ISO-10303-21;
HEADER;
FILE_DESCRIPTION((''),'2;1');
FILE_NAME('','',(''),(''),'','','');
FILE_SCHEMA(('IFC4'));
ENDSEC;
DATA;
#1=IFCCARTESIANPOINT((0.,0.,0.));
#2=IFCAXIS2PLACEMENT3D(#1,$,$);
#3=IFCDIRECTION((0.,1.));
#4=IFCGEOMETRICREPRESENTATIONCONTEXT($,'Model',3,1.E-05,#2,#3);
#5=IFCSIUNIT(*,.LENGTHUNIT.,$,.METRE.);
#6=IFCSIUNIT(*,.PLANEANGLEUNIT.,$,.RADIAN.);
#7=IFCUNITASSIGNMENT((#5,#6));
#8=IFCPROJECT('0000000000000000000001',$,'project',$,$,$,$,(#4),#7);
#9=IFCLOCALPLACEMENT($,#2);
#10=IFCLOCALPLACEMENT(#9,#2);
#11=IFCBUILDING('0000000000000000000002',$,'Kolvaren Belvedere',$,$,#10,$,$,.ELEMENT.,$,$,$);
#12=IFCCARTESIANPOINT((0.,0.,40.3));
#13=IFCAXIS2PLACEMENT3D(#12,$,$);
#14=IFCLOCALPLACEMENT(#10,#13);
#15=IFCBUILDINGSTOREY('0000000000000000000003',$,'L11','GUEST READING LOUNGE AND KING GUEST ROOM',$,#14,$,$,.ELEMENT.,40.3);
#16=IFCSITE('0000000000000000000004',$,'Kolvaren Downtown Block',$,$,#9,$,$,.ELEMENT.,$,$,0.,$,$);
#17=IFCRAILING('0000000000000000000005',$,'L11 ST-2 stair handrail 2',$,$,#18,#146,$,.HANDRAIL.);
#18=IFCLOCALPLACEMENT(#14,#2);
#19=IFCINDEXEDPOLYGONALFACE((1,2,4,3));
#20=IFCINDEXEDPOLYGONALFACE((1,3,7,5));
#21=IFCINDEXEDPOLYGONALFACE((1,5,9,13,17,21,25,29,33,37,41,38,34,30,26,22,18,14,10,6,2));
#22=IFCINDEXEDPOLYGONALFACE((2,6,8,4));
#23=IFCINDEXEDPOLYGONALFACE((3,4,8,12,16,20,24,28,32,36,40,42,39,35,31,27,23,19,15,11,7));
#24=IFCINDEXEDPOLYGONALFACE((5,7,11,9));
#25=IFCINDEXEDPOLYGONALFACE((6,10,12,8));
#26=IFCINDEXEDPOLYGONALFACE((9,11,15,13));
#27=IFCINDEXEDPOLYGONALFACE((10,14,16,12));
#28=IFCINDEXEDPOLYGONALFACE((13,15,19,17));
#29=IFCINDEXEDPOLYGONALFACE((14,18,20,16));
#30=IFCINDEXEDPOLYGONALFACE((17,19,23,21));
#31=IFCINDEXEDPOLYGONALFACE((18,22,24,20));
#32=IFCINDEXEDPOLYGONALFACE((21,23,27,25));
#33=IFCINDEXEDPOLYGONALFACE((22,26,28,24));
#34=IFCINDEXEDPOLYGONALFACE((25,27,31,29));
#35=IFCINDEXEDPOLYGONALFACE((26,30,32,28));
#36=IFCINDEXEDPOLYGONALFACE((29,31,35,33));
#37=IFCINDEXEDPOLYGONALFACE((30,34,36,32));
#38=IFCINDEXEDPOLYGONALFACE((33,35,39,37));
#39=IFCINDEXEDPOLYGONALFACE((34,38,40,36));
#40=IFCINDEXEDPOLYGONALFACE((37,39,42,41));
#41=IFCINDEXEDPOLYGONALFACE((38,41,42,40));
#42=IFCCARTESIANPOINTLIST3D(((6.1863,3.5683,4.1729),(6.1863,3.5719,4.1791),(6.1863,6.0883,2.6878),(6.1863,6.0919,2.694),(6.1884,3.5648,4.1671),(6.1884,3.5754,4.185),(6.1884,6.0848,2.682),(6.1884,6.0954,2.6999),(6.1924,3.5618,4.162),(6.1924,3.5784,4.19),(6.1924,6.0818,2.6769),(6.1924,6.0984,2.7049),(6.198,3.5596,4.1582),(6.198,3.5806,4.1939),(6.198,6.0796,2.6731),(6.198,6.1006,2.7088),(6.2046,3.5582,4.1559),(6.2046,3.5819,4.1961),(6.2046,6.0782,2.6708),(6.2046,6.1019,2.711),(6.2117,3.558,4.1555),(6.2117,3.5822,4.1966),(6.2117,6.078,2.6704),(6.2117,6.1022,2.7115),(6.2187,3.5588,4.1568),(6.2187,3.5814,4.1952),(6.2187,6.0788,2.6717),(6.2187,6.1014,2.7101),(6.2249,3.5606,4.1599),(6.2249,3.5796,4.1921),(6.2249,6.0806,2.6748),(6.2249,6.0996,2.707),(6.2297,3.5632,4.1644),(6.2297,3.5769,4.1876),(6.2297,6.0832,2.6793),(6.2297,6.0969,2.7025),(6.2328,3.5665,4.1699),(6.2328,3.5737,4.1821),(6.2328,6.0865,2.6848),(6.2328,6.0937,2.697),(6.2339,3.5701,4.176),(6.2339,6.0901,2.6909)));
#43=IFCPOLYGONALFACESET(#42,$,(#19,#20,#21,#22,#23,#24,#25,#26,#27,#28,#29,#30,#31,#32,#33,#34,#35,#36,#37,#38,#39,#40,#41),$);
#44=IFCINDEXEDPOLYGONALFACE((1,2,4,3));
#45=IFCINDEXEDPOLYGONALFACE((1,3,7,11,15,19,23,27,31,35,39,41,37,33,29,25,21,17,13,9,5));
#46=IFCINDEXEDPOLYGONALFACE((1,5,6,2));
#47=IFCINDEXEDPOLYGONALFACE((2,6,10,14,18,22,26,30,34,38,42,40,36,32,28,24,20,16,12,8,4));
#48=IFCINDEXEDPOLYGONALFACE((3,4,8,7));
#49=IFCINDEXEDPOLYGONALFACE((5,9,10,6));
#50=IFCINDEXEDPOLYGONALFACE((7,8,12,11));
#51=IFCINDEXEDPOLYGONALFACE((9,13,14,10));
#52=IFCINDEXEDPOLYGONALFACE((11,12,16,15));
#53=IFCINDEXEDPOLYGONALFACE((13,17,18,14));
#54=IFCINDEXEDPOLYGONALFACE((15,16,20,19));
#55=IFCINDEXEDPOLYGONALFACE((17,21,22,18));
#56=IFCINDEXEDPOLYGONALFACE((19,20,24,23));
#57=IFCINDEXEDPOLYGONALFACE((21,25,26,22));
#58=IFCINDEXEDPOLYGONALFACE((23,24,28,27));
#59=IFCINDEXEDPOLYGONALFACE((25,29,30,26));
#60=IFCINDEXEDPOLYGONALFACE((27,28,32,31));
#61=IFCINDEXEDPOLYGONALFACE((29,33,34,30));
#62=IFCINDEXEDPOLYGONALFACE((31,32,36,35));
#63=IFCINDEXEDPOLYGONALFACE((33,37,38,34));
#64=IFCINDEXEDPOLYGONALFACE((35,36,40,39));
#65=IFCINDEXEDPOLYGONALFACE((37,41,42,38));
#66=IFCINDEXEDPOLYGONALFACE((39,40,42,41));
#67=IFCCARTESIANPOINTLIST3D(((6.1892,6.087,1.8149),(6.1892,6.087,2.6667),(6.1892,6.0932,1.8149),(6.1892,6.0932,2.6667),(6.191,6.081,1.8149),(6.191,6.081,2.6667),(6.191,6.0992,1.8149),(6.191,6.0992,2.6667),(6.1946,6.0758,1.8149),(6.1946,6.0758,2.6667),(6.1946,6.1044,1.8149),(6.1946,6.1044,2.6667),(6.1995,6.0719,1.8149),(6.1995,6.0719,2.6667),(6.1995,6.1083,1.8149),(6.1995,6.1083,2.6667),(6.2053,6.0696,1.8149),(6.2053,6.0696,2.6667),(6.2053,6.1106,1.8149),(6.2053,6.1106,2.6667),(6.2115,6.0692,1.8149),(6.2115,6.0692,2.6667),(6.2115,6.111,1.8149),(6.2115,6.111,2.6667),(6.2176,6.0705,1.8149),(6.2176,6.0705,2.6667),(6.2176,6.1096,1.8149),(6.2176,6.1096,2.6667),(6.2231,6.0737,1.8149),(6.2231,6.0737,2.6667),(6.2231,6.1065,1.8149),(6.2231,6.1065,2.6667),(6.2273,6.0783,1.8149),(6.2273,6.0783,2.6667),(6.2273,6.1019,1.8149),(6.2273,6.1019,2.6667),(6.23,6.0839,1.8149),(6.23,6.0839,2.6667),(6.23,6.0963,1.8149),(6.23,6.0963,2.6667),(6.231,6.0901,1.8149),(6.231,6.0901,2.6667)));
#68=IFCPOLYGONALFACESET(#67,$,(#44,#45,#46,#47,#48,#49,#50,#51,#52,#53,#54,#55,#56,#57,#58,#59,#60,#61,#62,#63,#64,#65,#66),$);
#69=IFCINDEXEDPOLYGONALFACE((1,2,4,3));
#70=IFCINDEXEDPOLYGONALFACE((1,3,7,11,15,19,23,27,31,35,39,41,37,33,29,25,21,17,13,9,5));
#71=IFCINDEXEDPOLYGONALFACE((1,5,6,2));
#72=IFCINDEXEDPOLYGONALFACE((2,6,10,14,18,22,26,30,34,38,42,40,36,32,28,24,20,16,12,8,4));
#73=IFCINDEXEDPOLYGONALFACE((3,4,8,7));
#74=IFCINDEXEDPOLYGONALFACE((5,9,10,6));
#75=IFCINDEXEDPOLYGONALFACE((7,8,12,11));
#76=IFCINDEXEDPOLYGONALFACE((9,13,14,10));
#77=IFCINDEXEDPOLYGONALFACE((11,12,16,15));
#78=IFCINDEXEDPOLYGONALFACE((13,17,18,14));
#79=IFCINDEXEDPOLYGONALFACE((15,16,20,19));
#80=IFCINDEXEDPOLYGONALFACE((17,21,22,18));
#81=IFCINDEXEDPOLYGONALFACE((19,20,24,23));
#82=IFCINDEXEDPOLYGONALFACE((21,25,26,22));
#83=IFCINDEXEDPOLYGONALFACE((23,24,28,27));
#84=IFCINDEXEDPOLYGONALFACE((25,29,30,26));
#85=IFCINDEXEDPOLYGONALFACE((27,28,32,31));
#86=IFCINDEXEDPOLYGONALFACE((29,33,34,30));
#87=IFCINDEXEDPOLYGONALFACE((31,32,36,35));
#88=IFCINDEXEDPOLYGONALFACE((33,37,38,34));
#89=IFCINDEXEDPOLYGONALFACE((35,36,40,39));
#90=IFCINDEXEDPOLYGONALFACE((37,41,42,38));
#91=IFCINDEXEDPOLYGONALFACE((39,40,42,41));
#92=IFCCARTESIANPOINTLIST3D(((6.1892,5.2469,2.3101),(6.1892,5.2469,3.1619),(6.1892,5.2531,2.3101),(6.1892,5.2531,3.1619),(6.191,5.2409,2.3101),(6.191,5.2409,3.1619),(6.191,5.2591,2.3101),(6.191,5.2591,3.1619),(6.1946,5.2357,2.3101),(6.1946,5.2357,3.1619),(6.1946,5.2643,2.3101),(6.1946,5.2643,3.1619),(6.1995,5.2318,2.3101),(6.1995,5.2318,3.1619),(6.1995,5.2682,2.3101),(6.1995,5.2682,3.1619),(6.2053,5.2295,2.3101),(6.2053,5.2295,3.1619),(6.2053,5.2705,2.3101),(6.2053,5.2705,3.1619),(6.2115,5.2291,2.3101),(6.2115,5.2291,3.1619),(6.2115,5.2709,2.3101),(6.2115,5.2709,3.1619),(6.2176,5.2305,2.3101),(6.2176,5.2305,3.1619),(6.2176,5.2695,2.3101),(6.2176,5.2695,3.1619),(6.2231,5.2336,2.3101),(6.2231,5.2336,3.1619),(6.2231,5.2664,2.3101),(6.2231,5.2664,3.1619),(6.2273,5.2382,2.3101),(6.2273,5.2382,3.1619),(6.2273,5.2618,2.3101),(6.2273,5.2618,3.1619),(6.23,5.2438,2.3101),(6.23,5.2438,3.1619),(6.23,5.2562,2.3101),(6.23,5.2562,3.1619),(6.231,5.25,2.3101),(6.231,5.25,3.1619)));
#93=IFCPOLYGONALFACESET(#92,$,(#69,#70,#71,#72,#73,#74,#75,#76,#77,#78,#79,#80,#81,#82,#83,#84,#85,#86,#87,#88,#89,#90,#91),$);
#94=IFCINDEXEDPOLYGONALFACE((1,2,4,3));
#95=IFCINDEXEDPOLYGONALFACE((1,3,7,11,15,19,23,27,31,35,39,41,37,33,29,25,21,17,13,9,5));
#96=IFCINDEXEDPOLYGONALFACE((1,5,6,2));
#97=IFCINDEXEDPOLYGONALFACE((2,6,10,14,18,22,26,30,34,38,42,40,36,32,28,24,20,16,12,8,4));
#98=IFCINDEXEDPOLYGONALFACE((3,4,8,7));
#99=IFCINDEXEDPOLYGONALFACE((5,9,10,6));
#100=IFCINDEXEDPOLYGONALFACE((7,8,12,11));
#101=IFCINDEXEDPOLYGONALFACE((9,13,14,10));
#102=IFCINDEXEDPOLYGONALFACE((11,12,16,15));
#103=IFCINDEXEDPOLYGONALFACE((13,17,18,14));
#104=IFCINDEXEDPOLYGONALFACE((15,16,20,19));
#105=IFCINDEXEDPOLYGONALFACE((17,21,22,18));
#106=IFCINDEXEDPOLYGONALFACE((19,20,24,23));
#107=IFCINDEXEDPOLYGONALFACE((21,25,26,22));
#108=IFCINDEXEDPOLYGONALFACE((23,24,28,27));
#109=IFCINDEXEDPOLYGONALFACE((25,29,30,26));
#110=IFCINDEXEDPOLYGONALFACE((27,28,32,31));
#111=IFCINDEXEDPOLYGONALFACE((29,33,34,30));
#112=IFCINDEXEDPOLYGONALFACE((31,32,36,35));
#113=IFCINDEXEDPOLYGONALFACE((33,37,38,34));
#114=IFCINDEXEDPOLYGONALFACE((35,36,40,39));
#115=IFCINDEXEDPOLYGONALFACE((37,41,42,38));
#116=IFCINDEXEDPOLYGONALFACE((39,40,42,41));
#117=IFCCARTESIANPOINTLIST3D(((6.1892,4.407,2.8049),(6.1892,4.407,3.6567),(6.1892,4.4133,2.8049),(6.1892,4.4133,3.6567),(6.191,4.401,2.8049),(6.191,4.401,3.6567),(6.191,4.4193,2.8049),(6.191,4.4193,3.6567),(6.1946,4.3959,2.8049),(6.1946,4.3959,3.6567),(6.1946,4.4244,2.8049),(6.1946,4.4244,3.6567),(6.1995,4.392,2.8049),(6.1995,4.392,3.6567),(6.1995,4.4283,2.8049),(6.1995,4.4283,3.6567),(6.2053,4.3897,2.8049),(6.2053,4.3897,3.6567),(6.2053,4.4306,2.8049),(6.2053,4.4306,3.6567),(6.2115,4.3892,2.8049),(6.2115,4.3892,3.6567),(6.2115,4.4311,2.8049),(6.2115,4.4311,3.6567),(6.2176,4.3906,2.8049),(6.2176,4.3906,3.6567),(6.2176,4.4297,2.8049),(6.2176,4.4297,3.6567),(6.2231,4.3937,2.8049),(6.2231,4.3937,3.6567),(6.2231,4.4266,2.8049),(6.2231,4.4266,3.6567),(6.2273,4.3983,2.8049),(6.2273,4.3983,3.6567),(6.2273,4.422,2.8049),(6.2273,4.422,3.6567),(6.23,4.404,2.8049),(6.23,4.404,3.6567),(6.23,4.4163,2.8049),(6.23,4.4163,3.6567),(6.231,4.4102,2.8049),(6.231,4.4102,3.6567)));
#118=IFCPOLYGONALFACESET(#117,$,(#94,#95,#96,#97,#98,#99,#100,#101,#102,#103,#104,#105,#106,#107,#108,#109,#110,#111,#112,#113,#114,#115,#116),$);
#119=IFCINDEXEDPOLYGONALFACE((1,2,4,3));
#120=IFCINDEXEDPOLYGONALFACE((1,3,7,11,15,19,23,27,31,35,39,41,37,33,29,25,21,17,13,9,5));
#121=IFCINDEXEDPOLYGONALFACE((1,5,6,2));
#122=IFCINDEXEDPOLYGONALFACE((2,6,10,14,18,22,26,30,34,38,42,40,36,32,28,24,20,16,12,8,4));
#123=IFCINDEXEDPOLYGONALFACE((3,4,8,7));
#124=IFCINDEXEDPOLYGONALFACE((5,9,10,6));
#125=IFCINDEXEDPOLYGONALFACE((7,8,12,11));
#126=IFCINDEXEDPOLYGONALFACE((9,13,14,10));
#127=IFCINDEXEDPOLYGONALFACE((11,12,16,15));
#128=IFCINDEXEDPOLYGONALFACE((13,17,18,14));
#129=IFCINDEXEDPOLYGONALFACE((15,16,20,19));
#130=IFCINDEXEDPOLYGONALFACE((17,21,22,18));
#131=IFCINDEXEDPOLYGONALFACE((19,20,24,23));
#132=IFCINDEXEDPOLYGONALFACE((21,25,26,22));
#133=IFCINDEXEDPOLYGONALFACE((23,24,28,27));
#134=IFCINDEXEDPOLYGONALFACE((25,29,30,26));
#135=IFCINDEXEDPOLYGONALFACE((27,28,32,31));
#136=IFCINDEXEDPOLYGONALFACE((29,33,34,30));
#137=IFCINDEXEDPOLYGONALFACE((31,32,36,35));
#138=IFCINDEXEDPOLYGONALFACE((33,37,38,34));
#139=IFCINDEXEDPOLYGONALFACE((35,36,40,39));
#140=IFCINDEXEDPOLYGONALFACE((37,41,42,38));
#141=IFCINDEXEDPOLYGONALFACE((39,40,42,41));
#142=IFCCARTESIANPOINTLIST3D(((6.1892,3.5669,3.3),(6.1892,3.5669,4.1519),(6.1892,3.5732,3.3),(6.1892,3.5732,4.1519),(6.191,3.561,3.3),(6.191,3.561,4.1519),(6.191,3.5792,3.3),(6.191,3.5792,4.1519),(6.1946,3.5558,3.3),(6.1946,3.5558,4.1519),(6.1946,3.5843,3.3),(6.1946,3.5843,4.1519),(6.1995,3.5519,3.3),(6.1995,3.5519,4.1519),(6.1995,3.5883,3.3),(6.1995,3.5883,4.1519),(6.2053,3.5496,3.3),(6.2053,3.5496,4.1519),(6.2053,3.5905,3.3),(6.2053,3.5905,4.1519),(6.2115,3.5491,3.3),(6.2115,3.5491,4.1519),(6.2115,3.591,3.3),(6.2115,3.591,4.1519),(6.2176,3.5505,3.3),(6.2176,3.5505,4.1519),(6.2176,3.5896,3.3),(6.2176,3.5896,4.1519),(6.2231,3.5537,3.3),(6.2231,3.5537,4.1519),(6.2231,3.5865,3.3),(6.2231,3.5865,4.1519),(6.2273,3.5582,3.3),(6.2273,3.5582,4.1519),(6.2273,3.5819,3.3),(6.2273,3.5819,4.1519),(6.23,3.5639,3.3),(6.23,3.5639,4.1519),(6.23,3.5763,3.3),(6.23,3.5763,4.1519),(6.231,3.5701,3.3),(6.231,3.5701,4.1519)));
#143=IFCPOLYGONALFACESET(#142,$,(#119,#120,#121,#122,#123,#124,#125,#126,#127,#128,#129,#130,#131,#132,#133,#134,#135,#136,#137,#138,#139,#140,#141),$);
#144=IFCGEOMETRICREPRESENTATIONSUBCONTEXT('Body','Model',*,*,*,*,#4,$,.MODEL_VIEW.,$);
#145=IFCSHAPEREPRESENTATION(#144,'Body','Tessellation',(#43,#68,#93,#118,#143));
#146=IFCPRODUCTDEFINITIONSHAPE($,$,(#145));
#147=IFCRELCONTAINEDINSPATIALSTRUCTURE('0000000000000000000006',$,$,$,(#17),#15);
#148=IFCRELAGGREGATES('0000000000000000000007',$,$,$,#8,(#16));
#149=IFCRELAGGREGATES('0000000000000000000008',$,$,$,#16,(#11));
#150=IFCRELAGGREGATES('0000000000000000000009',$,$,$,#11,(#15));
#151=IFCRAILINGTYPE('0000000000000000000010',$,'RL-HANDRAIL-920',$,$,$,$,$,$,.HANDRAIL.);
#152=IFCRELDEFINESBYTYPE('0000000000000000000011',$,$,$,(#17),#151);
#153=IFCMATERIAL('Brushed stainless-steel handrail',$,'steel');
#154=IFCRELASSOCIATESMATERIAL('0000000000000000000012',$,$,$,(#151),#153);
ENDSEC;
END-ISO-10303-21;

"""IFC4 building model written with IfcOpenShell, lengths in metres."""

from ifc_helpers import new_model, si_unit, direction, frame, origin, origin_2d, place, context, subcontext, project, spatial, circle, extrude, material, type_object, element, save


model = new_model("IFC4")

# Units and contexts
model_context = context("Model", 3, precision=1e-05, world=origin(), true_north=direction((0.0, 1.0)))
body_context = subcontext(model_context, "Body", "Model", "MODEL_VIEW")
ifc_project = project(units=[si_unit("LENGTHUNIT", "METRE"), si_unit("PLANEANGLEUNIT", "RADIAN")], contexts=[model_context])

# Site, building, storey
site_placement = place(None, origin())
site = spatial("IfcSite", under=ifc_project, at=site_placement, Name="Kolvaren Downtown Block", CompositionType="ELEMENT", RefElevation=0.0)
building_placement = place(site_placement, origin())
building = spatial("IfcBuilding", under=site, at=building_placement, Name="Kolvaren Belvedere", CompositionType="ELEMENT")
storey_placement = place(building_placement, frame((0.0, 0.0, 40.3)))
storey = spatial("IfcBuildingStorey", under=building, at=storey_placement, Name="L11", Description="GUEST READING LOUNGE AND KING GUEST ROOM", CompositionType="ELEMENT", Elevation=40.3)

# Railing
ifc_material_1 = material(Name="Brushed stainless-steel handrail", Category="steel")
railing_type_1 = type_object("IfcRailingType", Name="RL-HANDRAIL-920", PredefinedType="HANDRAIL", material=ifc_material_1)
railing_1_placement = place(storey_placement, frame((6.21, 6.0901, 1.8149)))
element("IfcRailing", 1, at=railing_1_placement, inside=storey, type_object=railing_type_1, Name="L11 ST-2 stair handrail 2", PredefinedType="HANDRAIL", context=body_context, shape_type="SweptSolid", body=[
    extrude(circle(Radius=0.0239, at=origin_2d()), frame((0.0, 0.0, 0.876), z_axis=(0.0, -0.861524, 0.507717), x_axis=(1.0, 0.0, 0.0)), (0.0, 0.0, 1.0), 2.925),
    extrude(circle(Radius=0.021, at=origin_2d()), origin(), (0.0, 0.0, 1.0), 0.8518),
    extrude(circle(Radius=0.021, at=origin_2d()), frame((0.0, -0.8401, 0.4951)), (0.0, 0.0, 1.0), 0.8518),
    extrude(circle(Radius=0.021, at=origin_2d()), frame((0.0, -1.6799, 0.99)), (0.0, 0.0, 1.0), 0.8518),
    extrude(circle(Radius=0.021, at=origin_2d()), frame((0.0, -2.52, 1.4851)), (0.0, 0.0, 1.0), 0.8518),
])

save(model, "model.ifc")
